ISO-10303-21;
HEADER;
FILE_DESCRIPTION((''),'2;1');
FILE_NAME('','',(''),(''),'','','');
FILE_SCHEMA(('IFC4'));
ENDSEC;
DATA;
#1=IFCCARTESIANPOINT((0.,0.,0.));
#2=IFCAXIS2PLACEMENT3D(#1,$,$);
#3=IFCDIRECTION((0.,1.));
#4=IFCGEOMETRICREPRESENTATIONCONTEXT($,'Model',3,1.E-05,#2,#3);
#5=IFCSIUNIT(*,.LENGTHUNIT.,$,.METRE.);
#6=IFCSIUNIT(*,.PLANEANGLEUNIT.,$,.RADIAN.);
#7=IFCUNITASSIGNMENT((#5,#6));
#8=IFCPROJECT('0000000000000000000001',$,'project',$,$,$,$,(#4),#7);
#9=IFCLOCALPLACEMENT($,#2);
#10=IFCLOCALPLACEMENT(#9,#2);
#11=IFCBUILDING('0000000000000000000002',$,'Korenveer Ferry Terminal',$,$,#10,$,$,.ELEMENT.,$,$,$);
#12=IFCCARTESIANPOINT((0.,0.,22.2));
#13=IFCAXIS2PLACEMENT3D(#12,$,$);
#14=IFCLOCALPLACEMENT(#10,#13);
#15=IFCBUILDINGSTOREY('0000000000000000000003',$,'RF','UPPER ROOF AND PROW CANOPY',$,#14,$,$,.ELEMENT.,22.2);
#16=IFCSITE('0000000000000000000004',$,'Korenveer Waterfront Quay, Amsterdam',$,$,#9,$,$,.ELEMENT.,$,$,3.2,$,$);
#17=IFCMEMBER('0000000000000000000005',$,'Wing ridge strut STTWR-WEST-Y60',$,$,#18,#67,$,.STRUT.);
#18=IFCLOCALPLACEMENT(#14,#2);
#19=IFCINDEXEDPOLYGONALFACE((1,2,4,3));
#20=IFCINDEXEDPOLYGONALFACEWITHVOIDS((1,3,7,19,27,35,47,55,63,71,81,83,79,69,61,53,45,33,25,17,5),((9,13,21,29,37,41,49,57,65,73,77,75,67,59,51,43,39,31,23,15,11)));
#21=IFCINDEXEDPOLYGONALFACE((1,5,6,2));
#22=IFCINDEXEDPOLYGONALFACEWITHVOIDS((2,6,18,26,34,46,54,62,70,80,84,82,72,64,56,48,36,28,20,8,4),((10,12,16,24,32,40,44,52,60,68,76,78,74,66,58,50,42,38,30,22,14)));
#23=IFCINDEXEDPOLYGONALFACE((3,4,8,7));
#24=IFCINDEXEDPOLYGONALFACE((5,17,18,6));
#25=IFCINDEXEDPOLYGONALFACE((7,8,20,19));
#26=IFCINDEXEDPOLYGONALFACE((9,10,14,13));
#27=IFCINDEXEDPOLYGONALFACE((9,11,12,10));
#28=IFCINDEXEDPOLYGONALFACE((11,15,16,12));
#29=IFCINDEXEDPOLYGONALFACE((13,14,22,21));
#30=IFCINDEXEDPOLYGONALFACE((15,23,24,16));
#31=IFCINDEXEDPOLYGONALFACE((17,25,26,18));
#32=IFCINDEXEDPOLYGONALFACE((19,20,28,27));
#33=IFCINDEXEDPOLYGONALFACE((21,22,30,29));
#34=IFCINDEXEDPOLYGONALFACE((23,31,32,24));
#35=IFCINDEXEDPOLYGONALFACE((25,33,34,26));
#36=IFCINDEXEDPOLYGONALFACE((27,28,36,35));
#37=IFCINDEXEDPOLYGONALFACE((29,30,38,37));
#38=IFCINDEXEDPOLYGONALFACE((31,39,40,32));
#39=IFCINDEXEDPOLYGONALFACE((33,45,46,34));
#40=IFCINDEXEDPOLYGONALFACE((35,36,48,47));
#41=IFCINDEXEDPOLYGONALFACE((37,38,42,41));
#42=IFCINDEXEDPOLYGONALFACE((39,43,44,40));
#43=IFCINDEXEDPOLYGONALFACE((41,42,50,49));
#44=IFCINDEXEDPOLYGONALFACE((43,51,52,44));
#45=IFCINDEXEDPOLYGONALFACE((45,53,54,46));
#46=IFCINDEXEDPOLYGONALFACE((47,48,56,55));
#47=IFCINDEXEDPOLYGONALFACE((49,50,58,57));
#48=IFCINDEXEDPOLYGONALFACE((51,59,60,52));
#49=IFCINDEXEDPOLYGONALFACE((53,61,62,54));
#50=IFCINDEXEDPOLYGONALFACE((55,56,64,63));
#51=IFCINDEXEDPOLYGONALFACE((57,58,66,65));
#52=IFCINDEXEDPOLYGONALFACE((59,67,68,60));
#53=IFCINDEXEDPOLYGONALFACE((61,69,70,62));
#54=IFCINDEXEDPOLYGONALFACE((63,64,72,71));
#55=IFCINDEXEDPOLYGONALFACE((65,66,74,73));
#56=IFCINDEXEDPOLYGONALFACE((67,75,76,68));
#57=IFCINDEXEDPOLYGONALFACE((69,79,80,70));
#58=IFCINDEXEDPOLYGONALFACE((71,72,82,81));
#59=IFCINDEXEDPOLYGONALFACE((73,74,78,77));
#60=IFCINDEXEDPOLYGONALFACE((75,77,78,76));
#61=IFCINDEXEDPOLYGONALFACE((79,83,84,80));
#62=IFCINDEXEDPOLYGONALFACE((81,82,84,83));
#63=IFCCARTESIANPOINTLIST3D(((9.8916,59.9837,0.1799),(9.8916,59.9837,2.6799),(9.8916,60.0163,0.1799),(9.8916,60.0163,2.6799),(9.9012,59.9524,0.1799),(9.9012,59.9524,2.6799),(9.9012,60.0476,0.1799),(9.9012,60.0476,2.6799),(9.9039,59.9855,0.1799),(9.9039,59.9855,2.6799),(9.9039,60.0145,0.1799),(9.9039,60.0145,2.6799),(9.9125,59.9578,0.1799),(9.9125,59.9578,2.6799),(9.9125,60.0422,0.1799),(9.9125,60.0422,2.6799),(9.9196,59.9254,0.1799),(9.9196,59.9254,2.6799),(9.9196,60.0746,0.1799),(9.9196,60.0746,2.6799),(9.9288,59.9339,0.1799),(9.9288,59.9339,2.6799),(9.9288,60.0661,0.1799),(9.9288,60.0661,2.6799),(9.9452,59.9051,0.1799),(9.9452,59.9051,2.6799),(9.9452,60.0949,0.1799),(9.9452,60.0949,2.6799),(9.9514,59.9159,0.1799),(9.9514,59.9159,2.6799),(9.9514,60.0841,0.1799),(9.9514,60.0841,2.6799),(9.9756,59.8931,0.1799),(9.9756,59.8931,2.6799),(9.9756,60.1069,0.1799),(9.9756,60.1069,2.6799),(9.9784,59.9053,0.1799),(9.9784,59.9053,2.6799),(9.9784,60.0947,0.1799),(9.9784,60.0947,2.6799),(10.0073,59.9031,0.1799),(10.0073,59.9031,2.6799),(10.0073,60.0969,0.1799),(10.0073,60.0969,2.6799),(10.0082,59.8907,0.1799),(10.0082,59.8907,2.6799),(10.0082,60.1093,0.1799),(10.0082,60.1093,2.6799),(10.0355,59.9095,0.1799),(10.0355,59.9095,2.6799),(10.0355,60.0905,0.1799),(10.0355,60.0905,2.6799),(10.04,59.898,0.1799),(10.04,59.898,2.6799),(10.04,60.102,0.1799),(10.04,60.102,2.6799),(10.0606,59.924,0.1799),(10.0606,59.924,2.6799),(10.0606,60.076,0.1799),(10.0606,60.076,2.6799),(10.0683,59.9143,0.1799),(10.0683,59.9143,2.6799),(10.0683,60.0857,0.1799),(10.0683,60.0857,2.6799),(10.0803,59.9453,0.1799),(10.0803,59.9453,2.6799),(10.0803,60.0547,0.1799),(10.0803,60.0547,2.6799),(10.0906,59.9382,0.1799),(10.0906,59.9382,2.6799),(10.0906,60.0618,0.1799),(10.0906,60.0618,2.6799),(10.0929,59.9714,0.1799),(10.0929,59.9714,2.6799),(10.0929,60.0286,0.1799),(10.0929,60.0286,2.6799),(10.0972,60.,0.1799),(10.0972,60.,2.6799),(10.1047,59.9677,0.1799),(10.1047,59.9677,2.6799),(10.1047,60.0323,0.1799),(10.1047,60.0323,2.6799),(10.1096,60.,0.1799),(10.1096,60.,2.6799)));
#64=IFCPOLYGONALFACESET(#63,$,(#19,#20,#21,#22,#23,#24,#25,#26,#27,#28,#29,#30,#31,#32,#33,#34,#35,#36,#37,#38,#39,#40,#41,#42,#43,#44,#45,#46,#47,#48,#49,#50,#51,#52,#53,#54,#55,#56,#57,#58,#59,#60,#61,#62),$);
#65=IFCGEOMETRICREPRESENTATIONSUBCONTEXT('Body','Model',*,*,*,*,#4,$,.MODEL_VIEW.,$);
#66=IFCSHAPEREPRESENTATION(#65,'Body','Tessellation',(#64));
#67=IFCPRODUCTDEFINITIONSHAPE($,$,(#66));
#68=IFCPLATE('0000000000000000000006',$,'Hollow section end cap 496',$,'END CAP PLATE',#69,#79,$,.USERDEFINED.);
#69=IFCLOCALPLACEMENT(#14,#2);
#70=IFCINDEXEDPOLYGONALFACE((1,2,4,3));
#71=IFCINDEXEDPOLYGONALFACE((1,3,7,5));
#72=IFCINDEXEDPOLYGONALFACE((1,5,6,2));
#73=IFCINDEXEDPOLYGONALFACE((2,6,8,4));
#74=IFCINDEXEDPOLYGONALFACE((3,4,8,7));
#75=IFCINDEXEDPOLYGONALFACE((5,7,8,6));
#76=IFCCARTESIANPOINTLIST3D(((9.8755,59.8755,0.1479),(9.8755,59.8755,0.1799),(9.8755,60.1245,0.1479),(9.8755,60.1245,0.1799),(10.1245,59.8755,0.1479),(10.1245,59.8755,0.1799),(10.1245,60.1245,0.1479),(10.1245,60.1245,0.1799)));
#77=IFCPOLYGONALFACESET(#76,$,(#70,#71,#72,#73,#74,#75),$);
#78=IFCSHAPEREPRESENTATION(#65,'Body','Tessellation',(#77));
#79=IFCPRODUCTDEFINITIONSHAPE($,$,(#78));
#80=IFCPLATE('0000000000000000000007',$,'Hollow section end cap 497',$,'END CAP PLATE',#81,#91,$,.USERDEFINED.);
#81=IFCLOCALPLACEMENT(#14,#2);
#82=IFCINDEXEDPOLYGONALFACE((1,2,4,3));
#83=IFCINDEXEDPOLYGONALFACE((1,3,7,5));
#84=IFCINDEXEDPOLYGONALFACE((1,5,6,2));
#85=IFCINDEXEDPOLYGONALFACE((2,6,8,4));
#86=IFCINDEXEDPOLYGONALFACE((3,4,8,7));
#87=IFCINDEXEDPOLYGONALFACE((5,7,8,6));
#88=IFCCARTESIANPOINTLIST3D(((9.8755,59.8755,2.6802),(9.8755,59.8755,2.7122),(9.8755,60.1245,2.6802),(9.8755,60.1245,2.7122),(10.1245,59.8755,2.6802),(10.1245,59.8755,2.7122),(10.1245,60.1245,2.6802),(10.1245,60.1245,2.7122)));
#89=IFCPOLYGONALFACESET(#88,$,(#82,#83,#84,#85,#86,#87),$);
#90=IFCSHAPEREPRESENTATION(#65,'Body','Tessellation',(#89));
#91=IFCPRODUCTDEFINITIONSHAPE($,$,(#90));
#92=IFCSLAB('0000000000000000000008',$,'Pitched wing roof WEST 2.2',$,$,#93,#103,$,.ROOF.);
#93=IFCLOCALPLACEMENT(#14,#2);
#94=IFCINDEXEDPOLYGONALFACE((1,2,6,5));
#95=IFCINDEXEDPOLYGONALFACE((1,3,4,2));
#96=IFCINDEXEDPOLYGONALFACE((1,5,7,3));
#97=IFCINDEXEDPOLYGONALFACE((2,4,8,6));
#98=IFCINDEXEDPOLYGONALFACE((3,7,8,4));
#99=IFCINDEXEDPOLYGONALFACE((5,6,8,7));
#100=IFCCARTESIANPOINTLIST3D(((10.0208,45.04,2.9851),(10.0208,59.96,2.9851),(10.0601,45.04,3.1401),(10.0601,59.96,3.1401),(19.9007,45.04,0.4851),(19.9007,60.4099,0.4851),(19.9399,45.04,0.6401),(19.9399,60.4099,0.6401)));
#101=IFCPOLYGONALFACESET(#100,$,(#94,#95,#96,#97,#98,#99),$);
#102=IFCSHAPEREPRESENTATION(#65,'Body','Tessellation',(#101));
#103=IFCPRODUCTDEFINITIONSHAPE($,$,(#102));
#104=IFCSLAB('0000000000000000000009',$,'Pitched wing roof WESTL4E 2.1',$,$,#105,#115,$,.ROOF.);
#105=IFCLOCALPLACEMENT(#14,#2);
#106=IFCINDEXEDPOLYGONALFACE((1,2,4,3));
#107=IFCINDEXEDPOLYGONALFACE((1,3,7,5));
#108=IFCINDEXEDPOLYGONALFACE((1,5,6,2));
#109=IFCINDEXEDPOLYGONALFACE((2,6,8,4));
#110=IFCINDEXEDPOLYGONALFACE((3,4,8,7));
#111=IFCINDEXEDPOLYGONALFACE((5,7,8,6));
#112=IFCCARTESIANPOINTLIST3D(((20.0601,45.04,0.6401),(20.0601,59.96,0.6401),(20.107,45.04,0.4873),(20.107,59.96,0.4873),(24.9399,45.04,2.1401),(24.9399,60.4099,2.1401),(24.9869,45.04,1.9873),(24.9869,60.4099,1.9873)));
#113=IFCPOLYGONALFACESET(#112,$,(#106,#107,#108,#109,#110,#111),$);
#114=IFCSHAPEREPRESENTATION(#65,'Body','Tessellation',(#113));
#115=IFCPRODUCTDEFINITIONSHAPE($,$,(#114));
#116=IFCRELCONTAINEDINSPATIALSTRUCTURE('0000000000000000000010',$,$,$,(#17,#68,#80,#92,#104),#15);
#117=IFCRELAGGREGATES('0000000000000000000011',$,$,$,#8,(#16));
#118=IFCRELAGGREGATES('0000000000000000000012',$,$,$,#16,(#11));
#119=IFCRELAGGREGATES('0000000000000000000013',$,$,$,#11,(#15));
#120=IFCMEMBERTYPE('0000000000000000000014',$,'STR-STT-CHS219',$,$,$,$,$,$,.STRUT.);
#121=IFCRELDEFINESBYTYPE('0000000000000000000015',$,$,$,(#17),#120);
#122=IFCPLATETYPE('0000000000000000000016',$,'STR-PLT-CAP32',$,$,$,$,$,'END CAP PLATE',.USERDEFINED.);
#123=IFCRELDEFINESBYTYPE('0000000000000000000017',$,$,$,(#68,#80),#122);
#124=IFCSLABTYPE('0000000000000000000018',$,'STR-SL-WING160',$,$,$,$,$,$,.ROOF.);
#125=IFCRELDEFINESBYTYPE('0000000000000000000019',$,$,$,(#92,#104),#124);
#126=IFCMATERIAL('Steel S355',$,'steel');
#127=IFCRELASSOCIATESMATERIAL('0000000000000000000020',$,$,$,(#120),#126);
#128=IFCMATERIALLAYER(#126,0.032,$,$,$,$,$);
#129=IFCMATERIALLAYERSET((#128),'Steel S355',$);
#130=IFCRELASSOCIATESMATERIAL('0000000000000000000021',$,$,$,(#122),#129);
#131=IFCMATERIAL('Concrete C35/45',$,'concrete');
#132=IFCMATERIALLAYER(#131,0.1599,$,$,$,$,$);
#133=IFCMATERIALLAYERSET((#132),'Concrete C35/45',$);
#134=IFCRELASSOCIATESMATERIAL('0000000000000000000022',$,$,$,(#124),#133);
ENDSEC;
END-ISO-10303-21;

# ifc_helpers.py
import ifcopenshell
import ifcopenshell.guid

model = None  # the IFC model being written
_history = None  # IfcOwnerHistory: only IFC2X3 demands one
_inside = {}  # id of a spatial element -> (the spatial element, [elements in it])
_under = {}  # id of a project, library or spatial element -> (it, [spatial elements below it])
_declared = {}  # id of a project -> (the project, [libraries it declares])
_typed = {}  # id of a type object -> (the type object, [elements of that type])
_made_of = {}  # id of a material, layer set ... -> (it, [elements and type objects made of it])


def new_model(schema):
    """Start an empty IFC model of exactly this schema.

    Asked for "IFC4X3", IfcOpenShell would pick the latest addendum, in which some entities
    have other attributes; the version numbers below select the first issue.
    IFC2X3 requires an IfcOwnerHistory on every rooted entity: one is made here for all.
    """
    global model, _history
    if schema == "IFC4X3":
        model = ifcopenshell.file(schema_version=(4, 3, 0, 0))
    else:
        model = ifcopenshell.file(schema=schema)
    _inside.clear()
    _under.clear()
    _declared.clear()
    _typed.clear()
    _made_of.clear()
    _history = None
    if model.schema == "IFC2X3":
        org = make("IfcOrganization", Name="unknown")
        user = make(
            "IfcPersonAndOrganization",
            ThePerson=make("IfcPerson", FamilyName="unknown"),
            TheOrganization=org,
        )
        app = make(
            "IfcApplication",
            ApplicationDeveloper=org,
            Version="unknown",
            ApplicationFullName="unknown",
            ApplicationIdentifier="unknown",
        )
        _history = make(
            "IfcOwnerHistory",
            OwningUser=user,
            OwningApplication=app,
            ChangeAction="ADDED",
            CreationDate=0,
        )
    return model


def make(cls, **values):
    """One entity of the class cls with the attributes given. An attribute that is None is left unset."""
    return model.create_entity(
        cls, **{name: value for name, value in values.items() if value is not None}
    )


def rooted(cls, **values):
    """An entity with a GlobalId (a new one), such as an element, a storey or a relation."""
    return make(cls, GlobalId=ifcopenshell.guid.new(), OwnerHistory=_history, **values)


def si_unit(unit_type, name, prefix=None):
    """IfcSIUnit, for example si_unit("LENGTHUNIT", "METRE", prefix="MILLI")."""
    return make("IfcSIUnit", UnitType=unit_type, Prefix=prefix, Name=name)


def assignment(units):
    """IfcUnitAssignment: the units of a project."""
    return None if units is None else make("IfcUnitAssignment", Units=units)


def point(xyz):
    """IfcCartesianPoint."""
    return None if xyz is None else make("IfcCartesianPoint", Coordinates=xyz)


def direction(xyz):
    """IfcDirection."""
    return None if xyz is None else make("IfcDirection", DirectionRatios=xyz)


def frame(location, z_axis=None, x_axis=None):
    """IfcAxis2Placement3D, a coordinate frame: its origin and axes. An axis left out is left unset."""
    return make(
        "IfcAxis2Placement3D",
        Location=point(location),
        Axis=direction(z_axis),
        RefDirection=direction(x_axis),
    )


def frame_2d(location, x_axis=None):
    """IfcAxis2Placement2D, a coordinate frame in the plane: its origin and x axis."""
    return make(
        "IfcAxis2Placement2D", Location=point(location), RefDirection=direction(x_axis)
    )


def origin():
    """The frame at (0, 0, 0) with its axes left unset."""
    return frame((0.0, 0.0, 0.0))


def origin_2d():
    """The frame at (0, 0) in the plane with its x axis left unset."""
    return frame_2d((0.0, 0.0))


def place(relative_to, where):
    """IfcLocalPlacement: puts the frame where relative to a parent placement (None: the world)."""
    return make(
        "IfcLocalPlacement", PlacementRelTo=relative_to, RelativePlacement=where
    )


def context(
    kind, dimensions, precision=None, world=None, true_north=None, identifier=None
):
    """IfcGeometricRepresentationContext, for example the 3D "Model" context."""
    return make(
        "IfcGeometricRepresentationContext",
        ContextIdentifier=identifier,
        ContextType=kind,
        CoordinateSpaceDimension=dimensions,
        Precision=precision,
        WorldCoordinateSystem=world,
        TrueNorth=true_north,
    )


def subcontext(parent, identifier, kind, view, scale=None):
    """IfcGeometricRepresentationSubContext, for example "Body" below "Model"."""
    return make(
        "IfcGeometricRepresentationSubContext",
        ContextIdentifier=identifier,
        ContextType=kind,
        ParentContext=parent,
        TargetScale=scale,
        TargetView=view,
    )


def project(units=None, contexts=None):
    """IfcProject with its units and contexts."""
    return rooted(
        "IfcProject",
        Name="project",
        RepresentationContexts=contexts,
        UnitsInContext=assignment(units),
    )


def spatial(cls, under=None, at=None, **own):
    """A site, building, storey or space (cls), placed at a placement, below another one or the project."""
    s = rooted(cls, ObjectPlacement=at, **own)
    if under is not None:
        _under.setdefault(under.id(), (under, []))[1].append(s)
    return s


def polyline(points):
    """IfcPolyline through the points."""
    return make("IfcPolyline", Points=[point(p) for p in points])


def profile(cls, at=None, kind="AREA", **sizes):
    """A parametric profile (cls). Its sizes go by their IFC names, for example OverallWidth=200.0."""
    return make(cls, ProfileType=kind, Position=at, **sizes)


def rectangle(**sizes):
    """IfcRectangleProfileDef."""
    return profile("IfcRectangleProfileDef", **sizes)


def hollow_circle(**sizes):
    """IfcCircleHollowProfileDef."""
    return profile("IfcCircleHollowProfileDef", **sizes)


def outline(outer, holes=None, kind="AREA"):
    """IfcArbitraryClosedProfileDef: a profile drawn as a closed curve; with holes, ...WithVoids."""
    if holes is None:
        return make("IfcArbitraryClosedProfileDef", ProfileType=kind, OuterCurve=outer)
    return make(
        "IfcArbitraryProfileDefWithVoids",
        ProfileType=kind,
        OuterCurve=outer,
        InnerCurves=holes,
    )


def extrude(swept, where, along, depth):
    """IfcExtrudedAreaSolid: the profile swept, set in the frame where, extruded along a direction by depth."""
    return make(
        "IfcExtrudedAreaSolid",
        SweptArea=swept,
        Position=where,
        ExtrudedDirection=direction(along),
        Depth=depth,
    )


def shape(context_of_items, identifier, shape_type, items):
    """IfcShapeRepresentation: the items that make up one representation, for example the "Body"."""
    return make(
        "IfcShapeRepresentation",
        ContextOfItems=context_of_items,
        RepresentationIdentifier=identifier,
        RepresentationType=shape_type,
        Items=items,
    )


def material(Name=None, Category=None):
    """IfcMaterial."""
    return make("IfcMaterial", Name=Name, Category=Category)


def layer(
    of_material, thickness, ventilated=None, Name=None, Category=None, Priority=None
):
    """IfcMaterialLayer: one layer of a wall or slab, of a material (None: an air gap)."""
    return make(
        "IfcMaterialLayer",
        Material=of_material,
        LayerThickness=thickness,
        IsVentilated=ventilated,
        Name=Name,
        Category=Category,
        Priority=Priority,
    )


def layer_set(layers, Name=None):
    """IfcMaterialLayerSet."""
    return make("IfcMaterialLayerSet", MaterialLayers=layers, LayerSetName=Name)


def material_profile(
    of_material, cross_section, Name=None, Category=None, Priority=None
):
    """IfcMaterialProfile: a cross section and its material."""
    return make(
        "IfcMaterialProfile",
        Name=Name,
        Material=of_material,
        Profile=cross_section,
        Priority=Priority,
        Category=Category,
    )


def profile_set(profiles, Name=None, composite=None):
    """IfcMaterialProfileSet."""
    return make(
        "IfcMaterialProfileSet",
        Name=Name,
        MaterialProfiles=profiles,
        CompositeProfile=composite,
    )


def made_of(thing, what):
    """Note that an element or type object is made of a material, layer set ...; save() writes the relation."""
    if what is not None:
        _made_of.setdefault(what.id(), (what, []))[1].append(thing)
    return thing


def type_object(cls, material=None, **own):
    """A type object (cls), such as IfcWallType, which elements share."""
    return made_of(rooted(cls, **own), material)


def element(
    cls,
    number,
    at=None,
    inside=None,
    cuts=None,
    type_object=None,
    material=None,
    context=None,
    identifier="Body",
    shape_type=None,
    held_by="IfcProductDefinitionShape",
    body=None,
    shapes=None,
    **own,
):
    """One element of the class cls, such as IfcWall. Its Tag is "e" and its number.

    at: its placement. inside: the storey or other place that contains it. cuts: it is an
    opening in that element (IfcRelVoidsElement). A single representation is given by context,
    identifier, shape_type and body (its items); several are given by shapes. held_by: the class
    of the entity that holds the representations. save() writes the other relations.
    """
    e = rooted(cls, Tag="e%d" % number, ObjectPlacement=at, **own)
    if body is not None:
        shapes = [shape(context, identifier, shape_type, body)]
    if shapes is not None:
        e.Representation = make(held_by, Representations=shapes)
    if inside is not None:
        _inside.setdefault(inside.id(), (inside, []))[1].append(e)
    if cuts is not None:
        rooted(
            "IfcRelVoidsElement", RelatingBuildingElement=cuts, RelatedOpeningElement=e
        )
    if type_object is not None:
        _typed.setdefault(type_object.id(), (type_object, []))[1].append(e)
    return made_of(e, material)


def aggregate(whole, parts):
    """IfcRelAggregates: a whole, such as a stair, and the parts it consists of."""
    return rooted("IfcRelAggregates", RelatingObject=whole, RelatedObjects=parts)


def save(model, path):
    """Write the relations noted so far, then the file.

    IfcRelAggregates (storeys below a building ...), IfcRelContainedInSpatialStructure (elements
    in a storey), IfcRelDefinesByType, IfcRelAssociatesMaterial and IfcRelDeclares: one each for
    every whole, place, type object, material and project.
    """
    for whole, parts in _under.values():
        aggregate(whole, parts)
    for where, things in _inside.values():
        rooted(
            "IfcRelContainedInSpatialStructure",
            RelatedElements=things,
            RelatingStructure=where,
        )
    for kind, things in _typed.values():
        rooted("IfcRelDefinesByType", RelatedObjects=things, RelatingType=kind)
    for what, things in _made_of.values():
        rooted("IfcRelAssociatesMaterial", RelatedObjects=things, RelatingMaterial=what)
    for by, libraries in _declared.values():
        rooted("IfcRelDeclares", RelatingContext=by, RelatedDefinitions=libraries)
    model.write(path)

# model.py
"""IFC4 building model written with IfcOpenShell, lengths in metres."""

from ifc_helpers import new_model, si_unit, direction, frame, origin, origin_2d, place, context, subcontext, project, spatial, polyline, rectangle, hollow_circle, outline, extrude, material, layer, layer_set, material_profile, profile_set, type_object, element, save


model = new_model("IFC4")

# Units and contexts
model_context = context("Model", 3, precision=1e-05, world=origin(), true_north=direction((0.0, 1.0)))
body_context = subcontext(model_context, "Body", "Model", "MODEL_VIEW")
ifc_project = project(units=[si_unit("LENGTHUNIT", "METRE"), si_unit("PLANEANGLEUNIT", "RADIAN")], contexts=[model_context])

# Site, building, storey
site_placement = place(None, origin())
site = spatial("IfcSite", under=ifc_project, at=site_placement, Name="Korenveer Waterfront Quay, Amsterdam", CompositionType="ELEMENT", RefElevation=3.2)
building_placement = place(site_placement, origin())
building = spatial("IfcBuilding", under=site, at=building_placement, Name="Korenveer Ferry Terminal", CompositionType="ELEMENT")
storey_placement = place(building_placement, frame((0.0, 0.0, 22.2)))
storey = spatial("IfcBuildingStorey", under=building, at=storey_placement, Name="RF", Description="UPPER ROOF AND PROW CANOPY", CompositionType="ELEMENT", Elevation=22.2)

# Shared definitions
ifc_material_1 = material(Name="Steel S355", Category="steel")

# Member
ifc_material_profile_1 = material_profile(ifc_material_1, hollow_circle(Radius=0.1096, WallThickness=0.0125, at=origin_2d()), Name="CHS 219.1x12.5")
ifc_profile_set_1 = profile_set([ifc_material_profile_1], Name="Steel S355")
member_type_1 = type_object("IfcMemberType", Name="STR-STT-CHS219", PredefinedType="STRUT", material=ifc_profile_set_1)
member_1_placement = place(storey_placement, frame((10.0, 60.0, 0.1799), z_axis=(0.0, 0.0, 1.0), x_axis=(1.0, 0.0, 0.0)))
element("IfcMember", 1, at=member_1_placement, inside=storey, type_object=member_type_1, Name="Wing ridge strut STTWR-WEST-Y60", PredefinedType="STRUT", context=body_context, shape_type="SweptSolid", body=[
    extrude(hollow_circle(Radius=0.1096, WallThickness=0.0125, at=origin_2d()), origin(), (0.0, 0.0, 1.0), 2.5),
])

# Plates
ifc_layer_1 = layer(ifc_material_1, 0.032)
ifc_layer_set_1 = layer_set([ifc_layer_1], Name="Steel S355")
plate_type = type_object("IfcPlateType", Name="STR-PLT-CAP32", ElementType="END CAP PLATE", PredefinedType="USERDEFINED", material=ifc_layer_set_1)
for number, where, z_axis, x_axis, name in (
    (2, (10.0, 60.0, 0.1479), (0.0, 0.0, 1.0), (1.0, 0.0, 0.0), "Hollow section end cap 496"),
    (3, (10.0, 60.0, 2.6802), (0.0, 0.0, 1.0), (1.0, 0.0, 0.0), "Hollow section end cap 497"),
):
    element("IfcPlate", number, at=place(storey_placement, frame(where, z_axis=z_axis, x_axis=x_axis)), inside=storey, type_object=plate_type, Name=name, ObjectType="END CAP PLATE", PredefinedType="USERDEFINED", context=body_context, shape_type="SweptSolid", body=[
        extrude(rectangle(XDim=0.249, YDim=0.249, at=origin_2d()), origin(), (0.0, 0.0, 1.0), 0.032),
    ])

# Slabs
ifc_material_2 = material(Name="Concrete C35/45", Category="concrete")
ifc_layer_2 = layer(ifc_material_2, 0.1599)
ifc_layer_set_2 = layer_set([ifc_layer_2], Name="Concrete C35/45")
slab_type = type_object("IfcSlabType", Name="STR-SL-WING160", PredefinedType="ROOF", material=ifc_layer_set_2)
slab_1_placement = place(storey_placement, frame((10.0601, 45.04, 3.1401), z_axis=(0.245308, 0.0, 0.969445), x_axis=(0.969445, 0.0, -0.245308)))
element("IfcSlab", 4, at=slab_1_placement, inside=storey, type_object=slab_type, Name="Pitched wing roof WEST 2.2", PredefinedType="ROOF", context=body_context, shape_type="SweptSolid", body=[
    extrude(outline(polyline([(0.0, 0.0), (10.1913, 0.0), (10.1913, 15.3699), (0.0, 14.9199), (0.0, 0.0)])), origin(), (0.0, 0.0, -1.0), 0.1599),
])
slab_2_placement = place(storey_placement, frame((20.0601, 45.04, 0.6401), z_axis=(-0.293817, 0.0, 0.955862), x_axis=(0.955862, 0.0, 0.293817)))
element("IfcSlab", 5, at=slab_2_placement, inside=storey, type_object=slab_type, Name="Pitched wing roof WESTL4E 2.1", PredefinedType="ROOF", context=body_context, shape_type="SweptSolid", body=[
    extrude(outline(polyline([(0.0, 0.0), (5.1052, 0.0), (5.1052, 15.3699), (0.0, 14.9199), (0.0, 0.0)])), origin(), (0.0, 0.0, -1.0), 0.1599),
])

save(model, "model.ifc")
